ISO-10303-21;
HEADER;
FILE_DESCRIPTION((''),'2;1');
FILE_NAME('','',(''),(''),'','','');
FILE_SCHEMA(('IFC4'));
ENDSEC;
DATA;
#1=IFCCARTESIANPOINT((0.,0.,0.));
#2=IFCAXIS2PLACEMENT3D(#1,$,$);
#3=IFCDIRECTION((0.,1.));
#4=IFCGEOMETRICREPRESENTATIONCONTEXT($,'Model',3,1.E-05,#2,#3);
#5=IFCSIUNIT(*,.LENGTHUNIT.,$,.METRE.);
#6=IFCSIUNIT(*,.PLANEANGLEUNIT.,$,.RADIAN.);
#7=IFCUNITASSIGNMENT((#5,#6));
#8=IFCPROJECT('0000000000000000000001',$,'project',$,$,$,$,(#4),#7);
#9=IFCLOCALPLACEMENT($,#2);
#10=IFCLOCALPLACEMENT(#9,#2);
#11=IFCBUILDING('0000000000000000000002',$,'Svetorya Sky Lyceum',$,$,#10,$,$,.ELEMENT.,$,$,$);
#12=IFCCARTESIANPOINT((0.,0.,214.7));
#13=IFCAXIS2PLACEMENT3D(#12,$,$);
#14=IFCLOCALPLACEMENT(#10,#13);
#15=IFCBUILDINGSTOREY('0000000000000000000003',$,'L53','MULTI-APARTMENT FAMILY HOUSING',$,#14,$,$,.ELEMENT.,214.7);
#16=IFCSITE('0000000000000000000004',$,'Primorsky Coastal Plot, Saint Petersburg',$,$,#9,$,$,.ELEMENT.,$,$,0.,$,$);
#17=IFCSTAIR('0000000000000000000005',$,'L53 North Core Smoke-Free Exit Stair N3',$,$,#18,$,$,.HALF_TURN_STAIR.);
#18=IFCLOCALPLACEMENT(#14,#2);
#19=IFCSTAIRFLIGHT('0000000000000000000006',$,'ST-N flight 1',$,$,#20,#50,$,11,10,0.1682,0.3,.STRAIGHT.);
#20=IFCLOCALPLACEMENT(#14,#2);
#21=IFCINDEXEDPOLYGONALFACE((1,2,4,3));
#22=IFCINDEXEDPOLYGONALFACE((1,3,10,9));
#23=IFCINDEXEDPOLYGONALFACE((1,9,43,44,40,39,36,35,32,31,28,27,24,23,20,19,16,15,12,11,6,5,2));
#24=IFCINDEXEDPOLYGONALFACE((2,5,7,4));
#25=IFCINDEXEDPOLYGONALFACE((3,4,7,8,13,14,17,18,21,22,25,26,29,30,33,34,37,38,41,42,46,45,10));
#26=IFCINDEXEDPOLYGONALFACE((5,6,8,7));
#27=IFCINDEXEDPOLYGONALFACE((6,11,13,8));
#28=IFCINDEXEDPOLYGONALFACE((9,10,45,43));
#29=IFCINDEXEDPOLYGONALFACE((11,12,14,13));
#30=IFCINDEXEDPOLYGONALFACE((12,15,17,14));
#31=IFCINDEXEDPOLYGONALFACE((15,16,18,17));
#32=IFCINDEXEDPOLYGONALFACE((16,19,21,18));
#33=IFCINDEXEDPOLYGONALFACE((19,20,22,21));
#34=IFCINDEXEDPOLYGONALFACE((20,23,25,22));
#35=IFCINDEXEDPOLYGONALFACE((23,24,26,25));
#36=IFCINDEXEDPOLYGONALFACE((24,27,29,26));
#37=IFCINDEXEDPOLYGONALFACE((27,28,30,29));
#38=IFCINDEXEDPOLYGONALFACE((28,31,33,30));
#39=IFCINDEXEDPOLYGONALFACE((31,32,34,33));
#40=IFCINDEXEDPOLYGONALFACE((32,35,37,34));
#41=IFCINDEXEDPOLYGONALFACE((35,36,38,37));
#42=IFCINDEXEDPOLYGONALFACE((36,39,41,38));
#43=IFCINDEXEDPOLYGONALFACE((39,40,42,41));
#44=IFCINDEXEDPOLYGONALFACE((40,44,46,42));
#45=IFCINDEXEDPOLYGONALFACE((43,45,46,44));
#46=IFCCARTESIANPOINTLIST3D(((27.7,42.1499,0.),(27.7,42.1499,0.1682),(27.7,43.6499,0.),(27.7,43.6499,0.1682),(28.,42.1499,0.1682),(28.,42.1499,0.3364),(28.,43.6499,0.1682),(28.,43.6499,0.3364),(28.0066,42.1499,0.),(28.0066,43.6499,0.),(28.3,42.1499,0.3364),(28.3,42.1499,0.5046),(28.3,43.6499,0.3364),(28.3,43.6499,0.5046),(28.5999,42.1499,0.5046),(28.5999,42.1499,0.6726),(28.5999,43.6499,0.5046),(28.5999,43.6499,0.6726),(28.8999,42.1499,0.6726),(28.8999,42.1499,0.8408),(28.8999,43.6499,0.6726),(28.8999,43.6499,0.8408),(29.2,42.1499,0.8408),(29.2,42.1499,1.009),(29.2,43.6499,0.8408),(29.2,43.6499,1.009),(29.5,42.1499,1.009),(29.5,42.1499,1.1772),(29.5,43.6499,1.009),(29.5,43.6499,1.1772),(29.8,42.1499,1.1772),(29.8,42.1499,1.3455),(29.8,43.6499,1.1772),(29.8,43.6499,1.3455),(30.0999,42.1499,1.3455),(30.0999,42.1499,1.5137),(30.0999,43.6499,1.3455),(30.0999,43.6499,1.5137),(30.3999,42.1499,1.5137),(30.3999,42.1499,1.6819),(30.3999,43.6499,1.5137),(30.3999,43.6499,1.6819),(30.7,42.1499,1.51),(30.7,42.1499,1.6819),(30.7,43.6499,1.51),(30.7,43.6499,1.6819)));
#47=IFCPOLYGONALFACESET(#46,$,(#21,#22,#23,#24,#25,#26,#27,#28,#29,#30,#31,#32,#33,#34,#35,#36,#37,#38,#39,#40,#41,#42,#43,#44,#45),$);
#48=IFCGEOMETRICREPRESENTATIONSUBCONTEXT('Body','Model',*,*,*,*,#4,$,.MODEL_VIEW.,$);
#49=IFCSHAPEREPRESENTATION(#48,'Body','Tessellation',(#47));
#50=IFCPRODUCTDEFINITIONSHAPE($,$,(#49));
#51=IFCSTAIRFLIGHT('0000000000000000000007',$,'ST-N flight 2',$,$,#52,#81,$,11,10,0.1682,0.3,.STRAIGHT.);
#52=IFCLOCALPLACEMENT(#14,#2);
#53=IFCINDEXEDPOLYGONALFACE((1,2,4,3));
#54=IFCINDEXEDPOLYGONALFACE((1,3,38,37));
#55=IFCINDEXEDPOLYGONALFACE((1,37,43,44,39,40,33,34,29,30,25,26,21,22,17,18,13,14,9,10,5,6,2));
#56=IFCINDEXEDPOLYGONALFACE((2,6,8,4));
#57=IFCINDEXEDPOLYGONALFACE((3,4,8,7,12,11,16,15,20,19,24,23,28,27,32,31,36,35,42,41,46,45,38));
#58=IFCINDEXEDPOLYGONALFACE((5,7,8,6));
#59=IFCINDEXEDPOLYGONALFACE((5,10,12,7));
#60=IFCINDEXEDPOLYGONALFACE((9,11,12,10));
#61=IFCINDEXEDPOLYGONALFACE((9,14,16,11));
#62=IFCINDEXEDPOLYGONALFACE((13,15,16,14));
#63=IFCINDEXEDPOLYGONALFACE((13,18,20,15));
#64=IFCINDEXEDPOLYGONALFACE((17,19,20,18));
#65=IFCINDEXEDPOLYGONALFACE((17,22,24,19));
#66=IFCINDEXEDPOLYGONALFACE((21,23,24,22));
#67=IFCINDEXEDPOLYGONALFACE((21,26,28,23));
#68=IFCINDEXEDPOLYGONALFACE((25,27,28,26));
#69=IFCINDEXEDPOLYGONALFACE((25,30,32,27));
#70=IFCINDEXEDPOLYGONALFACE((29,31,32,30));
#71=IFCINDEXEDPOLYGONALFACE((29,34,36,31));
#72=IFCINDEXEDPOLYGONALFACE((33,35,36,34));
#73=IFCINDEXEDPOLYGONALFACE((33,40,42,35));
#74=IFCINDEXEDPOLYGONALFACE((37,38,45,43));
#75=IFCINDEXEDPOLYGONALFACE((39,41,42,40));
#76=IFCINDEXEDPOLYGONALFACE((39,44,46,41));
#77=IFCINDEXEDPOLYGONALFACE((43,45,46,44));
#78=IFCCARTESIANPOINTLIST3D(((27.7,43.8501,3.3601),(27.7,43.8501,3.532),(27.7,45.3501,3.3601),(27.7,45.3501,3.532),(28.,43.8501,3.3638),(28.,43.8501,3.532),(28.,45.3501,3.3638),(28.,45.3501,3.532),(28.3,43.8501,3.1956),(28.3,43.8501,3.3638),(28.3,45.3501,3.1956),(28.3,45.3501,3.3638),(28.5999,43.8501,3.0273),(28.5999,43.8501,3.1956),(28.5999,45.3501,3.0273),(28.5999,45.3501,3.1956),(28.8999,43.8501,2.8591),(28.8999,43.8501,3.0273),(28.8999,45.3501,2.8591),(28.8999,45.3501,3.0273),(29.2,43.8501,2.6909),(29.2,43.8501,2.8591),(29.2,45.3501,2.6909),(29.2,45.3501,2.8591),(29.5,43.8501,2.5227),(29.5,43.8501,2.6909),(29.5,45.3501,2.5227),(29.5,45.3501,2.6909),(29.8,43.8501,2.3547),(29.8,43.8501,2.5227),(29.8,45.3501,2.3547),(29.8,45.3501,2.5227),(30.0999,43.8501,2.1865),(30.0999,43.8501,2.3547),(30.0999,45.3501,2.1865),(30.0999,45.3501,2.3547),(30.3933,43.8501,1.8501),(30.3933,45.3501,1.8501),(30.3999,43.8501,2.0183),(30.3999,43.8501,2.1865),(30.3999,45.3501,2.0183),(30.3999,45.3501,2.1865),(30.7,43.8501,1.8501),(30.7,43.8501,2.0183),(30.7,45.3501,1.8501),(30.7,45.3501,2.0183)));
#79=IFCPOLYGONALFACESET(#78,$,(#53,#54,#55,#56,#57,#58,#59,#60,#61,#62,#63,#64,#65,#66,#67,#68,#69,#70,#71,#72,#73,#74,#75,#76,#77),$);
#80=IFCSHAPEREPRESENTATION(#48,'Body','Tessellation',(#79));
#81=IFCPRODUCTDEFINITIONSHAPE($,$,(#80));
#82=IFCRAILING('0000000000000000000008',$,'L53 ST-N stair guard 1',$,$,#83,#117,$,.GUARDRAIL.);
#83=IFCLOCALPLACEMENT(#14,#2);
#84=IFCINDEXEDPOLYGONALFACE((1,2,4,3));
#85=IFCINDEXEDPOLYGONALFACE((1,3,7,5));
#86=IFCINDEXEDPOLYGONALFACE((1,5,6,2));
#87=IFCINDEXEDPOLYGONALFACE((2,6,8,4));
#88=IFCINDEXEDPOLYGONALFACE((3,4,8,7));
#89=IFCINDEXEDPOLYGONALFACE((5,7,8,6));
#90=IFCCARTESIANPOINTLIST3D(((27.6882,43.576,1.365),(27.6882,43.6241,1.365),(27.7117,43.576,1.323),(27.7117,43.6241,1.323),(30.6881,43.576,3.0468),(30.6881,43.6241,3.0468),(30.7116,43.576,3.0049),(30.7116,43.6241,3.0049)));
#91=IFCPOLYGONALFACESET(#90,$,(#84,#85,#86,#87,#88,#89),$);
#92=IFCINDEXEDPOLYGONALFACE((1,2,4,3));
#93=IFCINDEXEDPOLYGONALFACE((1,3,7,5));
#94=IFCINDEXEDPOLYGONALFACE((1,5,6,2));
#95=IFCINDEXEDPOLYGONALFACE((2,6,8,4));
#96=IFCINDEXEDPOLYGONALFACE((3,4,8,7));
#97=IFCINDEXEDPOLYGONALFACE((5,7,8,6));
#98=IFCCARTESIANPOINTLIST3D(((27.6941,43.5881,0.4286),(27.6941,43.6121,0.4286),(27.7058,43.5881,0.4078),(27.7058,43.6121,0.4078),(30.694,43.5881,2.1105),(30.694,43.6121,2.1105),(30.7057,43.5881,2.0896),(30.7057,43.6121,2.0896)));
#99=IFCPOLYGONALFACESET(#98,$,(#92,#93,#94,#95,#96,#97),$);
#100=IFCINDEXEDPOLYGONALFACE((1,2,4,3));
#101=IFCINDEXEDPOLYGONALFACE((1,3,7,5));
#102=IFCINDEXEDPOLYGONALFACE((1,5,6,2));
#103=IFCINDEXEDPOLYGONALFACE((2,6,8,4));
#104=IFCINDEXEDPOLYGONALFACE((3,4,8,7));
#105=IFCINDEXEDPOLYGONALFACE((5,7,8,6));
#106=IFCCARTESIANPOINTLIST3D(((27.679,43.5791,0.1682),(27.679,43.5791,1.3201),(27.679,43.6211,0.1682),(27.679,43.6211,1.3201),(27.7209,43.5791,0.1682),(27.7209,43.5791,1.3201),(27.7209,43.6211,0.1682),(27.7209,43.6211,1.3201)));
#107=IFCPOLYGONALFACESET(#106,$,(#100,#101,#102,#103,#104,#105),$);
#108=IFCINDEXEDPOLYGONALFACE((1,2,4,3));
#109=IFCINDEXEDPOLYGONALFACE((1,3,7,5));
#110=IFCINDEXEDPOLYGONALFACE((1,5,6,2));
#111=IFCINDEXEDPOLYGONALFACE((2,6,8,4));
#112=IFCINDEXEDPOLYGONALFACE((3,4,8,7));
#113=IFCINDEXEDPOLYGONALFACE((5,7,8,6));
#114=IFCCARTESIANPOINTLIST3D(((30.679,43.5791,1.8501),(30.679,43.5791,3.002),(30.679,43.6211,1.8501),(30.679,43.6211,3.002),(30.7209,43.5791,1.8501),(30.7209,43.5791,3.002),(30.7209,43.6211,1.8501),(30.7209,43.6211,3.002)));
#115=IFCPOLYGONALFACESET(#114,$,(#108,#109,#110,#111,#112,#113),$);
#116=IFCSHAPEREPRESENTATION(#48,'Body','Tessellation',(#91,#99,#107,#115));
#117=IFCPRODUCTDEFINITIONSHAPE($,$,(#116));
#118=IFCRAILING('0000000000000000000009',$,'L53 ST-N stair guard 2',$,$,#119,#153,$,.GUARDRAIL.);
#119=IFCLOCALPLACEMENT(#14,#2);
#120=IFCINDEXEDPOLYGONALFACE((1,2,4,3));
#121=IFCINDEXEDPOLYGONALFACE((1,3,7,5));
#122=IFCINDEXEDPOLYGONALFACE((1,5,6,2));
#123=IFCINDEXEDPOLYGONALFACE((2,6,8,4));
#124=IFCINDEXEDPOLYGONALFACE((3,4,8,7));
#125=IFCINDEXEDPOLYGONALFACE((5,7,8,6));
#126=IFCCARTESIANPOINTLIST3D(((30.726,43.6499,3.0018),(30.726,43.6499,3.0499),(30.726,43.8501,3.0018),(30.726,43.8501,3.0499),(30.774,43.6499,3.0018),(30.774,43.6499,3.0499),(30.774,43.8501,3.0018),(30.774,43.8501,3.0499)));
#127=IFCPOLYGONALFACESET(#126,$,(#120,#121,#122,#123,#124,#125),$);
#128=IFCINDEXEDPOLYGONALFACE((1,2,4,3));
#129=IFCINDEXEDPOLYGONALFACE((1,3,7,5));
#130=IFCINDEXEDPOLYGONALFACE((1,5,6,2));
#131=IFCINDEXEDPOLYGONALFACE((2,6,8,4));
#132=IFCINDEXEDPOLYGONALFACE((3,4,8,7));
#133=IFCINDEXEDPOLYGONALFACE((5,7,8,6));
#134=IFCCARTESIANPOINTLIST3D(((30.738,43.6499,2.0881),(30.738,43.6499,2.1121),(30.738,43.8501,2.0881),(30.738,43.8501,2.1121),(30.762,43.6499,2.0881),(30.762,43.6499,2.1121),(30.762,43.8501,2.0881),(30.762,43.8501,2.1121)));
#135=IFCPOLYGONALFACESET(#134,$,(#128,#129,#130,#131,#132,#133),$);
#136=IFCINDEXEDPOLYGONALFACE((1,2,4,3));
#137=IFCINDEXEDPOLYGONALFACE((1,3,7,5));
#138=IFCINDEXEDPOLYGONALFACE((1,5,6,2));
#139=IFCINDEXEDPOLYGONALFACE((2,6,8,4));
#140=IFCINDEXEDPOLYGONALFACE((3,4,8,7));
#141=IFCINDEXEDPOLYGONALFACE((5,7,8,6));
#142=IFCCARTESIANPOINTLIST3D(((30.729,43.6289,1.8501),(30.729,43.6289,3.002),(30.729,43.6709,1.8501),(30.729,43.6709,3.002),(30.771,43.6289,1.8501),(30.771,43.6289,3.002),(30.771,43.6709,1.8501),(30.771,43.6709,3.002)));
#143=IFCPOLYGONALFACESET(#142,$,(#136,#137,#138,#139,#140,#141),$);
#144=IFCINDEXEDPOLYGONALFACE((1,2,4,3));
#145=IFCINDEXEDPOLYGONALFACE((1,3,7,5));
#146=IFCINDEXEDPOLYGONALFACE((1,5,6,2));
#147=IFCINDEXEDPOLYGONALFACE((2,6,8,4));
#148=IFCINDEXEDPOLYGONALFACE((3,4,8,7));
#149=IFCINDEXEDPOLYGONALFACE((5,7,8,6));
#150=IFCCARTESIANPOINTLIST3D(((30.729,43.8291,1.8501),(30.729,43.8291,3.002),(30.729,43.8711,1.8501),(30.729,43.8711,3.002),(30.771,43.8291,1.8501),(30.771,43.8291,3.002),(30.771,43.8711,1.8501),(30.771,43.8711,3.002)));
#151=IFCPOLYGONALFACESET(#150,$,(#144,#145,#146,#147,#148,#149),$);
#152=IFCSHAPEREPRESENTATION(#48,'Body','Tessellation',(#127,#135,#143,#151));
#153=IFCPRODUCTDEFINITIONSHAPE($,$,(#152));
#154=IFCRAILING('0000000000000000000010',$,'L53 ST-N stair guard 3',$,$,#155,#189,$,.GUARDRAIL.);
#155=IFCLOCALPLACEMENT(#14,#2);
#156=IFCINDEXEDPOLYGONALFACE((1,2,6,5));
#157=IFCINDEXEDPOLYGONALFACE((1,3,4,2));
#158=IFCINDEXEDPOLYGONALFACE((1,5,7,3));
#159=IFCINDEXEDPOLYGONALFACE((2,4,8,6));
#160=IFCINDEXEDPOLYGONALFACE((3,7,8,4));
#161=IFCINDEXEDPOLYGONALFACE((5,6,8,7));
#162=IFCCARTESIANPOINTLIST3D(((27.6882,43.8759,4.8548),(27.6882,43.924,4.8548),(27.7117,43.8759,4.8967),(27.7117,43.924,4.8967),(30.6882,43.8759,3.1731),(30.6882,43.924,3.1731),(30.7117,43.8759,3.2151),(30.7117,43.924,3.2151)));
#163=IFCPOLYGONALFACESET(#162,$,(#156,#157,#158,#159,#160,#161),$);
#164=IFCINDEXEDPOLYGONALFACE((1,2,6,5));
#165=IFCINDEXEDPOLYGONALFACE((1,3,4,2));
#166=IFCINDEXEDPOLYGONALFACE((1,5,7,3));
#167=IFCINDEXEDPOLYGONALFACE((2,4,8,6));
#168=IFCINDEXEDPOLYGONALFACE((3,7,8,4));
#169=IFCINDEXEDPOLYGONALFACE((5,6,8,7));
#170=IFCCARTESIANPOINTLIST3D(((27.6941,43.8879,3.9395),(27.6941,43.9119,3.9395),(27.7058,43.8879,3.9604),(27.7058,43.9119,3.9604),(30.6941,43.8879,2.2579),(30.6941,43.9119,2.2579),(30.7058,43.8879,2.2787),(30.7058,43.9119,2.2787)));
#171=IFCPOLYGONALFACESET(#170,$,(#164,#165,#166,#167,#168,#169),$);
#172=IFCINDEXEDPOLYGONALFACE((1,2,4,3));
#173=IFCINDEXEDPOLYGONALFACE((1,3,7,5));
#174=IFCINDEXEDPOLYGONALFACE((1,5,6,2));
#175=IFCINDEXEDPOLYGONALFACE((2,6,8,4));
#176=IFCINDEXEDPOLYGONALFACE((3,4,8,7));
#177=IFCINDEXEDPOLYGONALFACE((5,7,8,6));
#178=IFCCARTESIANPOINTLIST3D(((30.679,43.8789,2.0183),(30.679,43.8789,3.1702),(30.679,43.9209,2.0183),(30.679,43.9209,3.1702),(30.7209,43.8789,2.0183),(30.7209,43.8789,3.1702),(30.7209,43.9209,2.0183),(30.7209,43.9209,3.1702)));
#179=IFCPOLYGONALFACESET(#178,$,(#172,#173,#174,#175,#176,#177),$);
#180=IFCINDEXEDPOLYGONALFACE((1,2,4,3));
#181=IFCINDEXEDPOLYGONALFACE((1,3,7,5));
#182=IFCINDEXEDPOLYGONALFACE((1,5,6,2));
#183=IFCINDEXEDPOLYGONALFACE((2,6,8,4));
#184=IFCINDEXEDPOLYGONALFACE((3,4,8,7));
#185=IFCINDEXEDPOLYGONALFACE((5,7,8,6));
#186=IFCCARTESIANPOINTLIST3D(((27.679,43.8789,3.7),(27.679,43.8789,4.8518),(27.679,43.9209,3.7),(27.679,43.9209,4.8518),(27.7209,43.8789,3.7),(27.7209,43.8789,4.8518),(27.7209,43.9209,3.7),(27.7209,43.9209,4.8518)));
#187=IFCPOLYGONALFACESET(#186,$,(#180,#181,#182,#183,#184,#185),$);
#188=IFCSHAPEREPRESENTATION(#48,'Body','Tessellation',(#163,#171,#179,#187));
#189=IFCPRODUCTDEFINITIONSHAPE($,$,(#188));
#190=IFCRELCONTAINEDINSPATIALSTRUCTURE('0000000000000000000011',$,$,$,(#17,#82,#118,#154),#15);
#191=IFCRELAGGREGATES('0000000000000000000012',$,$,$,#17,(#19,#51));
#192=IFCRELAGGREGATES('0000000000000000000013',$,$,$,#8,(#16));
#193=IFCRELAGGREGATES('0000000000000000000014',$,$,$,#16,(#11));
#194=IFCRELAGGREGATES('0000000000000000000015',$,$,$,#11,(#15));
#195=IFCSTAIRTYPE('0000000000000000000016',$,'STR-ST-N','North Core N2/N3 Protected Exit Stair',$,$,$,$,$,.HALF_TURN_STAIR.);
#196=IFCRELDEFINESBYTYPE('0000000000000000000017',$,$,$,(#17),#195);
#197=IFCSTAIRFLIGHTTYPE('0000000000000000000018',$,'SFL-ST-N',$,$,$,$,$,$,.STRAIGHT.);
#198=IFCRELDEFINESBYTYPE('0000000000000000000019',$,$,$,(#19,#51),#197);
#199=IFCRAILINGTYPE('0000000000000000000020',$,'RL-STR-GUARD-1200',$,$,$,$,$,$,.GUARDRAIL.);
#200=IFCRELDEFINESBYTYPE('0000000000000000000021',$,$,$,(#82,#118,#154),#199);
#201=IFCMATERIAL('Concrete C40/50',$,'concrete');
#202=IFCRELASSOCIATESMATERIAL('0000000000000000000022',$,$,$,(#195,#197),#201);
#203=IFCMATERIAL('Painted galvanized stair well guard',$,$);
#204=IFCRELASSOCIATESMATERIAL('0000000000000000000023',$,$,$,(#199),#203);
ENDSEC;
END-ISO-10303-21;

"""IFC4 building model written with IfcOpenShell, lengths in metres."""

from ifc_helpers import new_model, si_unit, direction, frame, origin, origin_2d, place, context, subcontext, project, spatial, polyline, rectangle, outline, extrude, material, type_object, element, aggregate, save


model = new_model("IFC4")

# Units and contexts
model_context = context("Model", 3, precision=1e-05, world=origin(), true_north=direction((0.0, 1.0)))
body_context = subcontext(model_context, "Body", "Model", "MODEL_VIEW")
ifc_project = project(units=[si_unit("LENGTHUNIT", "METRE"), si_unit("PLANEANGLEUNIT", "RADIAN")], contexts=[model_context])

# Site, building, storey
site_placement = place(None, origin())
site = spatial("IfcSite", under=ifc_project, at=site_placement, Name="Primorsky Coastal Plot, Saint Petersburg", CompositionType="ELEMENT", RefElevation=0.0)
building_placement = place(site_placement, origin())
building = spatial("IfcBuilding", under=site, at=building_placement, Name="Svetorya Sky Lyceum", CompositionType="ELEMENT")
storey_placement = place(building_placement, frame((0.0, 0.0, 214.7)))
storey = spatial("IfcBuildingStorey", under=building, at=storey_placement, Name="L53", Description="MULTI-APARTMENT FAMILY HOUSING", CompositionType="ELEMENT", Elevation=214.7)

# Stair, stair flights
ifc_material_1 = material(Name="Concrete C40/50", Category="concrete")
stair_type = type_object("IfcStairType", Name="STR-ST-N", Description="North Core N2/N3 Protected Exit Stair", PredefinedType="HALF_TURN_STAIR", material=ifc_material_1)
stair_placement = place(storey_placement, origin())
stair = element("IfcStair", 1, at=stair_placement, inside=storey, type_object=stair_type, Name="L53 North Core Smoke-Free Exit Stair N3", PredefinedType="HALF_TURN_STAIR")
stair_flight_type = type_object("IfcStairFlightType", Name="SFL-ST-N", PredefinedType="STRAIGHT", material=ifc_material_1)
stair_flight_1_placement = place(storey_placement, frame((27.7, 42.8999, 0.0), z_axis=(0.0, 0.0, 1.0), x_axis=(1.0, 0.0, 0.0)))
stair_flight_1 = element("IfcStairFlight", 2, at=stair_flight_1_placement, type_object=stair_flight_type, Name="ST-N flight 1", NumberOfRisers=11, NumberOfTreads=10, PredefinedType="STRAIGHT", RiserHeight=0.1682, TreadLength=0.3, context=body_context, shape_type="SweptSolid", body=[
    extrude(outline(polyline([(0.0, 0.0), (0.0, 0.1682), (0.3, 0.1682), (0.3, 0.3364), (0.6001, 0.3364), (0.6001, 0.5046), (0.8999, 0.5046), (0.8999, 0.6726), (1.2, 0.6726), (1.2, 0.8408), (1.5, 0.8408), (1.5, 1.009), (1.8, 1.009), (1.8, 1.1772), (2.1001, 1.1772), (2.1001, 1.3455), (2.3999, 1.3455), (2.3999, 1.5137), (2.7, 1.5137), (2.7, 1.6819), (3.0, 1.6819), (3.0, 1.8501), (3.0, 1.51), (0.3066, 0.0), (0.0, 0.0)])), frame((0.0, 0.75, 0.0), z_axis=(0.0, -1.0, 0.0), x_axis=(1.0, 0.0, 0.0)), (0.0, 0.0, 1.0), 1.5),
])
stair_flight_2_placement = place(storey_placement, frame((30.7, 44.6001, 1.8501), z_axis=(0.0, 0.0, 1.0), x_axis=(-1.0, 0.0, 0.0)))
stair_flight_2 = element("IfcStairFlight", 3, at=stair_flight_2_placement, type_object=stair_flight_type, Name="ST-N flight 2", NumberOfRisers=11, NumberOfTreads=10, PredefinedType="STRAIGHT", RiserHeight=0.1682, TreadLength=0.3, context=body_context, shape_type="SweptSolid", body=[
    extrude(outline(polyline([(0.0, 0.0), (0.0, 0.1682), (0.3, 0.1682), (0.3, 0.3364), (0.6001, 0.3364), (0.6001, 0.5046), (0.8999, 0.5046), (0.8999, 0.6726), (1.2, 0.6726), (1.2, 0.8408), (1.5, 0.8408), (1.5, 1.009), (1.8, 1.009), (1.8, 1.1772), (2.1001, 1.1772), (2.1001, 1.3455), (2.3999, 1.3455), (2.3999, 1.5137), (2.7, 1.5137), (2.7, 1.6819), (3.0, 1.6819), (3.0, 1.8501), (3.0, 1.51), (0.3066, 0.0), (0.0, 0.0)])), frame((0.0, 0.75, 0.0), z_axis=(0.0, -1.0, 0.0), x_axis=(1.0, 0.0, 0.0)), (0.0, 0.0, 1.0), 1.5),
])
aggregate(stair, [stair_flight_1, stair_flight_2])

# Railings
ifc_material_2 = material(Name="Painted galvanized stair well guard")
railing_type_1 = type_object("IfcRailingType", Name="RL-STR-GUARD-1200", PredefinedType="GUARDRAIL", material=ifc_material_2)
railing_1_placement = place(storey_placement, frame((27.7, 43.6001, 0.1682)))
element("IfcRailing", 4, at=railing_1_placement, inside=storey, type_object=railing_type_1, Name="L53 ST-N stair guard 1", PredefinedType="GUARDRAIL", context=body_context, shape_type="SweptSolid", body=[
    extrude(rectangle(XDim=0.0481, YDim=0.0481, at=origin_2d()), frame((0.0, 0.0, 1.1758), z_axis=(0.872272, 0.0, 0.48902), x_axis=(0.0, 1.0, 0.0)), (0.0, 0.0, 1.0), 3.4392),
    extrude(rectangle(XDim=0.0239, YDim=0.0239, at=origin_2d()), frame((0.0, 0.0, 0.25), z_axis=(0.872272, 0.0, 0.48902), x_axis=(0.0, 1.0, 0.0)), (0.0, 0.0, 1.0), 3.4392),
    extrude(rectangle(XDim=0.042, YDim=0.042, at=origin_2d()), origin(), (0.0, 0.0, 1.0), 1.1519),
    extrude(rectangle(XDim=0.042, YDim=0.042, at=origin_2d()), frame((3.0, 0.0, 1.6819)), (0.0, 0.0, 1.0), 1.1519),
])
railing_2_placement = place(storey_placement, frame((30.75, 43.6499, 1.8501)))
element("IfcRailing", 5, at=railing_2_placement, inside=storey, type_object=railing_type_1, Name="L53 ST-N stair guard 2", PredefinedType="GUARDRAIL", context=body_context, shape_type="SweptSolid", body=[
    extrude(rectangle(XDim=0.0481, YDim=0.0481, at=origin_2d()), frame((0.0, 0.0, 1.1758), z_axis=(0.0, 1.0, 0.0), x_axis=(-1.0, 0.0, 0.0)), (0.0, 0.0, 1.0), 0.2002),
    extrude(rectangle(XDim=0.0239, YDim=0.0239, at=origin_2d()), frame((0.0, 0.0, 0.25), z_axis=(0.0, 1.0, 0.0), x_axis=(-1.0, 0.0, 0.0)), (0.0, 0.0, 1.0), 0.2002),
    extrude(rectangle(XDim=0.042, YDim=0.042, at=origin_2d()), origin(), (0.0, 0.0, 1.0), 1.1519),
    extrude(rectangle(XDim=0.042, YDim=0.042, at=origin_2d()), frame((0.0, 0.2002, 0.0)), (0.0, 0.0, 1.0), 1.1519),
])
railing_3_placement = place(storey_placement, frame((30.7, 43.8999, 2.0183)))
element("IfcRailing", 6, at=railing_3_placement, inside=storey, type_object=railing_type_1, Name="L53 ST-N stair guard 3", PredefinedType="GUARDRAIL", context=body_context, shape_type="SweptSolid", body=[
    extrude(rectangle(XDim=0.0481, YDim=0.0481, at=origin_2d()), frame((0.0, 0.0, 1.1758), z_axis=(-0.872303, 0.0, 0.488966), x_axis=(0.0, -1.0, 0.0)), (0.0, 0.0, 1.0), 3.4392),
    extrude(rectangle(XDim=0.0239, YDim=0.0239, at=origin_2d()), frame((0.0, 0.0, 0.25), z_axis=(-0.872303, 0.0, 0.488966), x_axis=(0.0, -1.0, 0.0)), (0.0, 0.0, 1.0), 3.4392),
    extrude(rectangle(XDim=0.042, YDim=0.042, at=origin_2d()), origin(), (0.0, 0.0, 1.0), 1.1519),
    extrude(rectangle(XDim=0.042, YDim=0.042, at=origin_2d()), frame((-3.0, 0.0, 1.6816)), (0.0, 0.0, 1.0), 1.1519),
])

save(model, "model.ifc")
